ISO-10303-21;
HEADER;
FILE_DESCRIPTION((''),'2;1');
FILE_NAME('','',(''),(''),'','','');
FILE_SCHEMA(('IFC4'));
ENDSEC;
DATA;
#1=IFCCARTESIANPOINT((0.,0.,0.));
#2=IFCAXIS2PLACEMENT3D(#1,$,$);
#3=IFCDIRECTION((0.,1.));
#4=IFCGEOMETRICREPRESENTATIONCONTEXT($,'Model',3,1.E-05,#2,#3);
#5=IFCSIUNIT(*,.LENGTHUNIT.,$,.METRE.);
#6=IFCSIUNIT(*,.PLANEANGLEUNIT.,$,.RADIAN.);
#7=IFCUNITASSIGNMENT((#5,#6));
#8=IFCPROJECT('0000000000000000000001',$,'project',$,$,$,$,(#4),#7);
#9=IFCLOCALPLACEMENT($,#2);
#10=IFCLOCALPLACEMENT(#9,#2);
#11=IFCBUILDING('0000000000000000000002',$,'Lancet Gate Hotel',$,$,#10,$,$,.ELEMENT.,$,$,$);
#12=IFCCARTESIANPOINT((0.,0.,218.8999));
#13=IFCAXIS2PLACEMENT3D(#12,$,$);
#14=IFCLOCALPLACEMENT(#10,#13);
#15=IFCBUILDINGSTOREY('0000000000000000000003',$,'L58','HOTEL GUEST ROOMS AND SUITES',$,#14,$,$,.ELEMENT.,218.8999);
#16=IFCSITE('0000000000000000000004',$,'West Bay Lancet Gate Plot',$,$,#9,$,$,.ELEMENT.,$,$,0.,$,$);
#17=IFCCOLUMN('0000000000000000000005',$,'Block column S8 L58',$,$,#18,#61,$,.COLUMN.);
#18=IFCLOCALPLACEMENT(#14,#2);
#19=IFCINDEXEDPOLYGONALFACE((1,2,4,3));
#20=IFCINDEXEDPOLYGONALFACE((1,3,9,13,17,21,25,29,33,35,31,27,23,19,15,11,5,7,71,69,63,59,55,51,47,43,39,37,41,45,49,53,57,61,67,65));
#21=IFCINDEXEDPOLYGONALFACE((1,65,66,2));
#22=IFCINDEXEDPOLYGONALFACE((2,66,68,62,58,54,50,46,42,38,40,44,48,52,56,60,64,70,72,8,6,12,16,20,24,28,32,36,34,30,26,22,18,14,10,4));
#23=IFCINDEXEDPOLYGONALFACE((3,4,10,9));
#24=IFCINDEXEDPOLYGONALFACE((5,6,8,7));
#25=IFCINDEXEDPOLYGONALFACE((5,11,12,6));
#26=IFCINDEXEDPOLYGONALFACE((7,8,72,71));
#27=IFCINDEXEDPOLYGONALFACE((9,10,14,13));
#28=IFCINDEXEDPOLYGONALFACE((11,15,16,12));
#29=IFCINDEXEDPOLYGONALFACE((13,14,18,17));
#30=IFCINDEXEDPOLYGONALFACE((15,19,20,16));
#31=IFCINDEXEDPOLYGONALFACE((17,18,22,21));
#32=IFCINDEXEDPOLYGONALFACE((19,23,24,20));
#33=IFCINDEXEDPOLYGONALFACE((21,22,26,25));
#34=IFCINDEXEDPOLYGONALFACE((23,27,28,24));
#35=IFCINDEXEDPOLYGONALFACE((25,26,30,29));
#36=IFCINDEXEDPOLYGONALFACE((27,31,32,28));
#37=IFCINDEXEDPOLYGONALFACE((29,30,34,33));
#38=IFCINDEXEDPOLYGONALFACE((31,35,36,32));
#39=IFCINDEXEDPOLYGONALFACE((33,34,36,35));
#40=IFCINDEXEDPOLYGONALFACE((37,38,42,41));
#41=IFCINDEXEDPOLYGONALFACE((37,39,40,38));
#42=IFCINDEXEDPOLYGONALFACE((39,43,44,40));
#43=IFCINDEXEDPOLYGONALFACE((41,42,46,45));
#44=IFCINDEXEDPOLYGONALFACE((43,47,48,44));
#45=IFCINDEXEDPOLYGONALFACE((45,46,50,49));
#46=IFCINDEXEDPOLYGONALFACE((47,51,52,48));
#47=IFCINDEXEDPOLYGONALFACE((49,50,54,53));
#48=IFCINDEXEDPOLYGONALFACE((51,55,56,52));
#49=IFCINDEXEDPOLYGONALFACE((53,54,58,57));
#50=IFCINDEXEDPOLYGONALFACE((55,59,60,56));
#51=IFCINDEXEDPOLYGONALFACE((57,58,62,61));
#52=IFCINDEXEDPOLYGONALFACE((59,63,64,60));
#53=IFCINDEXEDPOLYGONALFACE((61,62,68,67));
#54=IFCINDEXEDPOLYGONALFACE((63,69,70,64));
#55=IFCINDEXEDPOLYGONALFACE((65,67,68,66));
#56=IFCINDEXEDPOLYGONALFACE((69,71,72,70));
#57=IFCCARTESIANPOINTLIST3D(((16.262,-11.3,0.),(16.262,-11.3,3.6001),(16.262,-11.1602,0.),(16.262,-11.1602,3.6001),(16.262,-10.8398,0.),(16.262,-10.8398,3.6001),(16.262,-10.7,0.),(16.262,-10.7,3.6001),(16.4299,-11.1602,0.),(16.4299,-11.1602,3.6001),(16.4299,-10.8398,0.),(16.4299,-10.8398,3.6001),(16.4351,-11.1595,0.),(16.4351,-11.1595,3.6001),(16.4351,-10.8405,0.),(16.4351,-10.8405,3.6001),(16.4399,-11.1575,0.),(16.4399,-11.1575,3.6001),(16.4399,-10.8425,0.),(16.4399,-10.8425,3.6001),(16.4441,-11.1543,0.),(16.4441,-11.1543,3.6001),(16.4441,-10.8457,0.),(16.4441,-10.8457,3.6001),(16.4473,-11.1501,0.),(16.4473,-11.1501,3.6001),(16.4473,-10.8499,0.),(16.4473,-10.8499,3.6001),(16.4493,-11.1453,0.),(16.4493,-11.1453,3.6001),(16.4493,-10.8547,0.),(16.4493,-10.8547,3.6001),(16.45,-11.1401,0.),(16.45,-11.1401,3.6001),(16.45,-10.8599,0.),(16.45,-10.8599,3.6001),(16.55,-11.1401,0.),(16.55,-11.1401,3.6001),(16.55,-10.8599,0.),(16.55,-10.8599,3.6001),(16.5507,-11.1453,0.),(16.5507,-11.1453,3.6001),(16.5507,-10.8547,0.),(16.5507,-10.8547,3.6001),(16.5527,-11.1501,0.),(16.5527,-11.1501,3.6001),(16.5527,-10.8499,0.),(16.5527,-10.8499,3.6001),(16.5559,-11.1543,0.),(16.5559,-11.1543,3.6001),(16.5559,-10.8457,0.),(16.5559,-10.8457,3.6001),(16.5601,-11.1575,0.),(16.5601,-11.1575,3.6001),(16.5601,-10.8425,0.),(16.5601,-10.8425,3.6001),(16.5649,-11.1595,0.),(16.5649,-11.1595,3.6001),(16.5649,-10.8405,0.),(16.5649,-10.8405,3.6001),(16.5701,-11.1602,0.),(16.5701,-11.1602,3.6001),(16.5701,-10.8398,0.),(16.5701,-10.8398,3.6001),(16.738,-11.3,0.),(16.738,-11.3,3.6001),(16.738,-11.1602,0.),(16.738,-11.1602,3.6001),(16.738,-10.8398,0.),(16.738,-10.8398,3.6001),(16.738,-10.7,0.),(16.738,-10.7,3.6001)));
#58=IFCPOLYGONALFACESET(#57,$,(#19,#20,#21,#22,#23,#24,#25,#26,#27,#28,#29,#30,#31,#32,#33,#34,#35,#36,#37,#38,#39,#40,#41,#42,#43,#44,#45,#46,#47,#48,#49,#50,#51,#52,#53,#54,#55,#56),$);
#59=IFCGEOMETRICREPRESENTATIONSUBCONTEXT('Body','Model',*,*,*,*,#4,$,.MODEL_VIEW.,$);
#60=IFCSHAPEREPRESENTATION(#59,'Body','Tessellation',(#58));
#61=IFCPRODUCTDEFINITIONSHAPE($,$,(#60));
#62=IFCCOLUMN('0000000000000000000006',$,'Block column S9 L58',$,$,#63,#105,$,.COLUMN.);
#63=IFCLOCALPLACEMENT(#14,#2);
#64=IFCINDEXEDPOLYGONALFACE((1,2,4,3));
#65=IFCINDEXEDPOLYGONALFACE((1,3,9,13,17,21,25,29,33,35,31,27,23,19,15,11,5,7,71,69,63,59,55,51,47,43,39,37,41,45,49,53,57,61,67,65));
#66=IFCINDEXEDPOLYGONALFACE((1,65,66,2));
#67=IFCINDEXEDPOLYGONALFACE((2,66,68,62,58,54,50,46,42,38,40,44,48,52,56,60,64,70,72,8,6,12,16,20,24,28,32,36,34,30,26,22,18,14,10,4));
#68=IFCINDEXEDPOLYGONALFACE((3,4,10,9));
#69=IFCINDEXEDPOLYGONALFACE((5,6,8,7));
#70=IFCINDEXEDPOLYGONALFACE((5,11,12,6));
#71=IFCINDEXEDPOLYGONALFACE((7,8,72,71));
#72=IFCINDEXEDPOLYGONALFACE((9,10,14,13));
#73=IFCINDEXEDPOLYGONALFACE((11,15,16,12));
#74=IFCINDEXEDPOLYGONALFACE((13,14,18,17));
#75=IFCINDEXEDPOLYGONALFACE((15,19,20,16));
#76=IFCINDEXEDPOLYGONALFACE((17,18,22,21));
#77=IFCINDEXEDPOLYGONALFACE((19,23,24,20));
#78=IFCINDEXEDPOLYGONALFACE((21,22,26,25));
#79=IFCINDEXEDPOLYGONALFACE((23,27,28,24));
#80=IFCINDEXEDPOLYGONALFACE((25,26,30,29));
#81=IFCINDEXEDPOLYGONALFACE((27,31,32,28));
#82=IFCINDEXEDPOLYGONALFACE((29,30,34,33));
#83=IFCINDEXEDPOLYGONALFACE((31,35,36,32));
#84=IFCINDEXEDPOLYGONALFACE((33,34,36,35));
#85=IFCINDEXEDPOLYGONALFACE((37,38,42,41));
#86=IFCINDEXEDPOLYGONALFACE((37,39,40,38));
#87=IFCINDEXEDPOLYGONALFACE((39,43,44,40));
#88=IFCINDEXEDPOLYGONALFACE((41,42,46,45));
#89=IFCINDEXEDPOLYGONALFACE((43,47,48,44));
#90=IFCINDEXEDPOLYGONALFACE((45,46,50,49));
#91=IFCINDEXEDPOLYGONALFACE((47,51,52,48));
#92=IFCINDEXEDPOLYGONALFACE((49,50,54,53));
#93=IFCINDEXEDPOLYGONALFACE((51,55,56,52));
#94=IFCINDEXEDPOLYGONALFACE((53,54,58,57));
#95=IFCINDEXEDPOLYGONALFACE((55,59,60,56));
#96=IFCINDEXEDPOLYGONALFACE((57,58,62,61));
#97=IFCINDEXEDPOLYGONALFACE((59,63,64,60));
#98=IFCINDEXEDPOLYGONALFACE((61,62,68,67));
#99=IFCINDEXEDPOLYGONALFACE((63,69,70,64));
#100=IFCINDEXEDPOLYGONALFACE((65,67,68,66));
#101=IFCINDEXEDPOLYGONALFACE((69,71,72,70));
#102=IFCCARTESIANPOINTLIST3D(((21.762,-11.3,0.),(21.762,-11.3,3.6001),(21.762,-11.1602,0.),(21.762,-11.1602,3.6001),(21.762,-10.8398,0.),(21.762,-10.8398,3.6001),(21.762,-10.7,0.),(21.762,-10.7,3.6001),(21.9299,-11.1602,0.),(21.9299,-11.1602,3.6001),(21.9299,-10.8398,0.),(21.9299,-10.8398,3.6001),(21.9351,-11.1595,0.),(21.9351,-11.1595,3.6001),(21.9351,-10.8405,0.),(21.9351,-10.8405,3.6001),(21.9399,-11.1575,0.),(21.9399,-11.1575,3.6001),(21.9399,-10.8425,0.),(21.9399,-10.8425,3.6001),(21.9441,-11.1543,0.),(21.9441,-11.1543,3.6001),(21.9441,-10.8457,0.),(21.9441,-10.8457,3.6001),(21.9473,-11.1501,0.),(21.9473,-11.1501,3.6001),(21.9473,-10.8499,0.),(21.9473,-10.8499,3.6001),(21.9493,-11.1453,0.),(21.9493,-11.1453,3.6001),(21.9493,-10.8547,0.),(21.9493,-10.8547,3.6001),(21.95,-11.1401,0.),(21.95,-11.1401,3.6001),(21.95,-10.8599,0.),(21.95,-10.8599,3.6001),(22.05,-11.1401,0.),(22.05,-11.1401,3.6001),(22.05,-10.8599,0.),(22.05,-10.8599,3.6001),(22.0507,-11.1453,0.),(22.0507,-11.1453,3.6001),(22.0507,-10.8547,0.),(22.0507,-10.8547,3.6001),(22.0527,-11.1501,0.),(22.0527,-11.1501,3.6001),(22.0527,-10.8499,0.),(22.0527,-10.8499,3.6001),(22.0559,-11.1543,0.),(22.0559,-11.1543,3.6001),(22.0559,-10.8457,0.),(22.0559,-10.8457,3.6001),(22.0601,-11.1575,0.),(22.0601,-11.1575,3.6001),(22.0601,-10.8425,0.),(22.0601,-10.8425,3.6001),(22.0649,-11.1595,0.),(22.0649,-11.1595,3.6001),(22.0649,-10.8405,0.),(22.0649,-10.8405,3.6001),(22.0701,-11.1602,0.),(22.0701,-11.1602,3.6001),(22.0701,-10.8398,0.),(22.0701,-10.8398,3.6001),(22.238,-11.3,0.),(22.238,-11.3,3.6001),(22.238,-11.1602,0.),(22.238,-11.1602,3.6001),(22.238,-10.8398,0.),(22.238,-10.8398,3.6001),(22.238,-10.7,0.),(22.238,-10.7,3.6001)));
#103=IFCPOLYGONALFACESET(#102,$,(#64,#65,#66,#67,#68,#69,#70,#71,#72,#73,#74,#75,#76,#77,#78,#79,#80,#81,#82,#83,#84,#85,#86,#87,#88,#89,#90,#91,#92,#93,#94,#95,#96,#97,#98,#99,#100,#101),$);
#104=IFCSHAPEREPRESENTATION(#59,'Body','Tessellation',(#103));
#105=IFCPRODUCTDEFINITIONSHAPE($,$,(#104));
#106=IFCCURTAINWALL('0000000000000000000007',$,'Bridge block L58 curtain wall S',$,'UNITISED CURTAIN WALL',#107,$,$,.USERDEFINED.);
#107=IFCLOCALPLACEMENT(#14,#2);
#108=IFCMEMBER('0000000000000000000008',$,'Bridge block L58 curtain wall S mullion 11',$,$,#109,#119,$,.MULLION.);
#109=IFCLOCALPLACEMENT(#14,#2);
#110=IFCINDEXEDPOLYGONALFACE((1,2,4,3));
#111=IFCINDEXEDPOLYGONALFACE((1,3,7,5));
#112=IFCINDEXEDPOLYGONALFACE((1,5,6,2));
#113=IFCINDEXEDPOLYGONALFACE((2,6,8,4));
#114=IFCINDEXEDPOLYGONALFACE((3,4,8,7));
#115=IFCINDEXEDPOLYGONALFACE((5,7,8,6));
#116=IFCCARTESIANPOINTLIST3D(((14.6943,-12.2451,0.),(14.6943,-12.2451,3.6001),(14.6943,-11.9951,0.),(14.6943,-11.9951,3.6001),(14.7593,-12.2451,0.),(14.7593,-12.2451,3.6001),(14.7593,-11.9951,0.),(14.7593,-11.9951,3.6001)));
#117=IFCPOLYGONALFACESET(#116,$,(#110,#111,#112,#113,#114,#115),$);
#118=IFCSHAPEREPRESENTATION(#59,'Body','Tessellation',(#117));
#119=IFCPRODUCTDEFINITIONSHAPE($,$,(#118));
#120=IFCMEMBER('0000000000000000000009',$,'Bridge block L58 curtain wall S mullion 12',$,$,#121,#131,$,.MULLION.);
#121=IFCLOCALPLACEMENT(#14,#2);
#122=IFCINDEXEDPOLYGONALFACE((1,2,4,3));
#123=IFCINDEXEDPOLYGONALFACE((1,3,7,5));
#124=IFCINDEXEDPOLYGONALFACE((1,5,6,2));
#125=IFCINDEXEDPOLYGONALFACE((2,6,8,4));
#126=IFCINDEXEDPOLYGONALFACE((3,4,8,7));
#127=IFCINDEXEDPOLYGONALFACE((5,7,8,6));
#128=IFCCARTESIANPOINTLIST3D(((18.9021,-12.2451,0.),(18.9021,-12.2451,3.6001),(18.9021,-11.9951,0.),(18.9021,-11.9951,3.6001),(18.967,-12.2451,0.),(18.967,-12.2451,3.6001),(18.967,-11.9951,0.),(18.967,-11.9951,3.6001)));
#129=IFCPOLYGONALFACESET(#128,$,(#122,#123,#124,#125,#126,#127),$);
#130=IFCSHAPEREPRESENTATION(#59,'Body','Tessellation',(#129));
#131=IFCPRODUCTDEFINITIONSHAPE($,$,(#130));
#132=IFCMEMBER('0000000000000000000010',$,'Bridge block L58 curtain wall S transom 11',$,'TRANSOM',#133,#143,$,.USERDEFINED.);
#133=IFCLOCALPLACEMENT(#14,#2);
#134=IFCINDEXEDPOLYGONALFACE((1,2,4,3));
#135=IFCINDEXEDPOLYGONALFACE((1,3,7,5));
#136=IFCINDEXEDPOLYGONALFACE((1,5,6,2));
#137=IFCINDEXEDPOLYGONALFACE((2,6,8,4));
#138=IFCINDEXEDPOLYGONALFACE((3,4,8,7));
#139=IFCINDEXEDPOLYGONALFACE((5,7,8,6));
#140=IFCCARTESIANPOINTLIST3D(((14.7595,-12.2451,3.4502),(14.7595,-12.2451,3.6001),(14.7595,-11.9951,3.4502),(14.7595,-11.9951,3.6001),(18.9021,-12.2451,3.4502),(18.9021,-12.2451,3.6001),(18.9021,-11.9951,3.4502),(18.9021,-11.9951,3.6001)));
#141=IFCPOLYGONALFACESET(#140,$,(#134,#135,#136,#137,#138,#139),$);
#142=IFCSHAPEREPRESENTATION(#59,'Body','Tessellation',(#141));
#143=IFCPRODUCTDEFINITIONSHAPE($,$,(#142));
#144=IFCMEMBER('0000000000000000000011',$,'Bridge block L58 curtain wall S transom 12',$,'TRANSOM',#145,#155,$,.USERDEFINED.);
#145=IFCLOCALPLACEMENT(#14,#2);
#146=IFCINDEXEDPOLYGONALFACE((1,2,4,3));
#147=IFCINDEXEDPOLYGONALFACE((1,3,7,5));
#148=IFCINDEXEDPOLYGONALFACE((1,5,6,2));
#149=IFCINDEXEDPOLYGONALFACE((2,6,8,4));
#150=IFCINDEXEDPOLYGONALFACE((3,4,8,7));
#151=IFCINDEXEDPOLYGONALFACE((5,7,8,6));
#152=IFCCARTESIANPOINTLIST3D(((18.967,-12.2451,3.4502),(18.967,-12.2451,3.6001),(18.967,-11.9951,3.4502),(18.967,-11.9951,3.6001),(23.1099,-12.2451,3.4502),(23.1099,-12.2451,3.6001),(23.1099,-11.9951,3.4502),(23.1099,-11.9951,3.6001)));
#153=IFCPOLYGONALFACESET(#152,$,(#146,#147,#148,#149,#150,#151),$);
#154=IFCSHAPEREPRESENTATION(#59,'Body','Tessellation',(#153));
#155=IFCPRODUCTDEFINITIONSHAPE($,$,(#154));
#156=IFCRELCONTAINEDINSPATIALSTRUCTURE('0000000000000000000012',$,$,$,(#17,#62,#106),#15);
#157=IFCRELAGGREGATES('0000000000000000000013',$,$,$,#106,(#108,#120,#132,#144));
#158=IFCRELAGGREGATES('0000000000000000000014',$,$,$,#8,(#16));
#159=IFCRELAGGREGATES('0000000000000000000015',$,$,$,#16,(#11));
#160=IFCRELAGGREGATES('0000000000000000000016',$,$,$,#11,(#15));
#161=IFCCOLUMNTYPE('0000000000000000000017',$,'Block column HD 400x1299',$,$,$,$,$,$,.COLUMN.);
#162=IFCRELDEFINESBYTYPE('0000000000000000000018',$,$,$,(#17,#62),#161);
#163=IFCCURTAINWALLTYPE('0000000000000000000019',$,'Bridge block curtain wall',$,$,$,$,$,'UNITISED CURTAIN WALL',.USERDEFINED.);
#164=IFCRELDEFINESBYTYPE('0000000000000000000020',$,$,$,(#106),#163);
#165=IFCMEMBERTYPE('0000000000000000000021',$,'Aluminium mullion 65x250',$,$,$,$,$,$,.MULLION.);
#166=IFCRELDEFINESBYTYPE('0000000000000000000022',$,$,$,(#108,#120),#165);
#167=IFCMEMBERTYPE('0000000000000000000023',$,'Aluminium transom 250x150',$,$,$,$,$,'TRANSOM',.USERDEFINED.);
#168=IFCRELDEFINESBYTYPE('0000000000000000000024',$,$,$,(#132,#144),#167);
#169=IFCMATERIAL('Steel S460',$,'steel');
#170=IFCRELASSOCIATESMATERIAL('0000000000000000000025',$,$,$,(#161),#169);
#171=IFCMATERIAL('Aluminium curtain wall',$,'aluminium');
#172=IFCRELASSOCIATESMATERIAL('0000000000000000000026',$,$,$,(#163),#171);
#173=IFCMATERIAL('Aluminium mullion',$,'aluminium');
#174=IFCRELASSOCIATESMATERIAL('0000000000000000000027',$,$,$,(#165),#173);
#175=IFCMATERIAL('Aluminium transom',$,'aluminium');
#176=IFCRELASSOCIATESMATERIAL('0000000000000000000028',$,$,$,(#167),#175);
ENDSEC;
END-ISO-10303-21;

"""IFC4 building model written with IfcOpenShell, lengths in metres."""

from ifc_helpers import new_model, si_unit, direction, frame, origin, origin_2d, place, context, subcontext, project, spatial, rectangle, i_section, extrude, material, material_profile, profile_set, type_object, element, aggregate, save


model = new_model("IFC4")

# Units and contexts
model_context = context("Model", 3, precision=1e-05, world=origin(), true_north=direction((0.0, 1.0)))
body_context = subcontext(model_context, "Body", "Model", "MODEL_VIEW")
ifc_project = project(units=[si_unit("LENGTHUNIT", "METRE"), si_unit("PLANEANGLEUNIT", "RADIAN")], contexts=[model_context])

# Site, building, storey
site_placement = place(None, origin())
site = spatial("IfcSite", under=ifc_project, at=site_placement, Name="West Bay Lancet Gate Plot", CompositionType="ELEMENT", RefElevation=0.0)
building_placement = place(site_placement, origin())
building = spatial("IfcBuilding", under=site, at=building_placement, Name="Lancet Gate Hotel", CompositionType="ELEMENT")
storey_placement = place(building_placement, frame((0.0, 0.0, 218.8999)))
storey = spatial("IfcBuildingStorey", under=building, at=storey_placement, Name="L58", Description="HOTEL GUEST ROOMS AND SUITES", CompositionType="ELEMENT", Elevation=218.8999)

# Columns
ifc_material_1 = material(Name="Steel S460", Category="steel")
ifc_material_profile_1 = material_profile(ifc_material_1, i_section(OverallWidth=0.4761, OverallDepth=0.6001, WebThickness=0.1001, FlangeThickness=0.1399, FilletRadius=0.02, at=origin_2d()), Name="HD 400x1299")
ifc_profile_set_1 = profile_set([ifc_material_profile_1], Name="Steel S460")
column_type = type_object("IfcColumnType", Name="Block column HD 400x1299", PredefinedType="COLUMN", material=ifc_profile_set_1)
for number, where, z_axis, x_axis, name in (
    (1, (16.5, -11.0, 0.0), (0.0, 0.0, 1.0), (1.0, 0.0, 0.0), "Block column S8 L58"),
    (2, (22.0, -11.0, 0.0), (0.0, 0.0, 1.0), (1.0, 0.0, 0.0), "Block column S9 L58"),
):
    element("IfcColumn", number, at=place(storey_placement, frame(where, z_axis=z_axis, x_axis=x_axis)), inside=storey, type_object=column_type, Name=name, PredefinedType="COLUMN", context=body_context, shape_type="SweptSolid", body=[
        extrude(i_section(OverallWidth=0.4761, OverallDepth=0.6001, WebThickness=0.1001, FlangeThickness=0.1399, FilletRadius=0.02, at=origin_2d()), origin(), (0.0, 0.0, 1.0), 3.6001),
    ])

# Curtain wall, members
ifc_material_2 = material(Name="Aluminium curtain wall", Category="aluminium")
curtain_wall_type = type_object("IfcCurtainWallType", Name="Bridge block curtain wall", ElementType="UNITISED CURTAIN WALL", PredefinedType="USERDEFINED", material=ifc_material_2)
curtain_wall_placement = place(storey_placement, origin())
curtain_wall = element("IfcCurtainWall", 3, at=curtain_wall_placement, inside=storey, type_object=curtain_wall_type, Name="Bridge block L58 curtain wall S", ObjectType="UNITISED CURTAIN WALL", PredefinedType="USERDEFINED")
ifc_material_3 = material(Name="Aluminium mullion", Category="aluminium")
ifc_material_profile_2 = material_profile(ifc_material_3, rectangle(XDim=0.0649, YDim=0.25, at=origin_2d()), Name="MULLION 65x250")
ifc_profile_set_2 = profile_set([ifc_material_profile_2], Name="Aluminium mullion")
member_type_1 = type_object("IfcMemberType", Name="Aluminium mullion 65x250", PredefinedType="MULLION", material=ifc_profile_set_2)
member_1_placement = place(storey_placement, frame((14.7268, -12.1201, 0.0), z_axis=(0.0, 0.0, 1.0), x_axis=(1.0, 0.0, 0.0)))
member_1 = element("IfcMember", 4, at=member_1_placement, type_object=member_type_1, Name="Bridge block L58 curtain wall S mullion 11", PredefinedType="MULLION", context=body_context, shape_type="SweptSolid", body=[
    extrude(rectangle(XDim=0.0649, YDim=0.25, at=origin_2d()), origin(), (0.0, 0.0, 1.0), 3.6001),
])
member_2_placement = place(storey_placement, frame((18.9346, -12.1201, 0.0), z_axis=(0.0, 0.0, 1.0), x_axis=(1.0, 0.0, 0.0)))
member_2 = element("IfcMember", 5, at=member_2_placement, type_object=member_type_1, Name="Bridge block L58 curtain wall S mullion 12", PredefinedType="MULLION", context=body_context, shape_type="SweptSolid", body=[
    extrude(rectangle(XDim=0.0649, YDim=0.25, at=origin_2d()), origin(), (0.0, 0.0, 1.0), 3.6001),
])
ifc_material_4 = material(Name="Aluminium transom", Category="aluminium")
ifc_material_profile_3 = material_profile(ifc_material_4, rectangle(XDim=0.25, YDim=0.1499, at=origin_2d()), Name="TRANSOM 250x150")
ifc_profile_set_3 = profile_set([ifc_material_profile_3], Name="Aluminium transom")
member_type_2 = type_object("IfcMemberType", Name="Aluminium transom 250x150", ElementType="TRANSOM", PredefinedType="USERDEFINED", material=ifc_profile_set_3)
member_3_placement = place(storey_placement, frame((14.7595, -12.1201, 3.5251), z_axis=(1.0, 0.0, 0.0), x_axis=(0.0, 1.0, 0.0)))
member_3 = element("IfcMember", 6, at=member_3_placement, type_object=member_type_2, Name="Bridge block L58 curtain wall S transom 11", ObjectType="TRANSOM", PredefinedType="USERDEFINED", context=body_context, shape_type="SweptSolid", body=[
    extrude(rectangle(XDim=0.25, YDim=0.1499, at=origin_2d()), origin(), (0.0, 0.0, 1.0), 4.1426),
])
member_4_placement = place(storey_placement, frame((18.967, -12.1201, 3.5251), z_axis=(1.0, 0.0, 0.0), x_axis=(0.0, 1.0, 0.0)))
member_4 = element("IfcMember", 7, at=member_4_placement, type_object=member_type_2, Name="Bridge block L58 curtain wall S transom 12", ObjectType="TRANSOM", PredefinedType="USERDEFINED", context=body_context, shape_type="SweptSolid", body=[
    extrude(rectangle(XDim=0.25, YDim=0.1499, at=origin_2d()), origin(), (0.0, 0.0, 1.0), 4.1428),
])

aggregate(curtain_wall, [member_1, member_2, member_3, member_4])

save(model, "model.ifc")
